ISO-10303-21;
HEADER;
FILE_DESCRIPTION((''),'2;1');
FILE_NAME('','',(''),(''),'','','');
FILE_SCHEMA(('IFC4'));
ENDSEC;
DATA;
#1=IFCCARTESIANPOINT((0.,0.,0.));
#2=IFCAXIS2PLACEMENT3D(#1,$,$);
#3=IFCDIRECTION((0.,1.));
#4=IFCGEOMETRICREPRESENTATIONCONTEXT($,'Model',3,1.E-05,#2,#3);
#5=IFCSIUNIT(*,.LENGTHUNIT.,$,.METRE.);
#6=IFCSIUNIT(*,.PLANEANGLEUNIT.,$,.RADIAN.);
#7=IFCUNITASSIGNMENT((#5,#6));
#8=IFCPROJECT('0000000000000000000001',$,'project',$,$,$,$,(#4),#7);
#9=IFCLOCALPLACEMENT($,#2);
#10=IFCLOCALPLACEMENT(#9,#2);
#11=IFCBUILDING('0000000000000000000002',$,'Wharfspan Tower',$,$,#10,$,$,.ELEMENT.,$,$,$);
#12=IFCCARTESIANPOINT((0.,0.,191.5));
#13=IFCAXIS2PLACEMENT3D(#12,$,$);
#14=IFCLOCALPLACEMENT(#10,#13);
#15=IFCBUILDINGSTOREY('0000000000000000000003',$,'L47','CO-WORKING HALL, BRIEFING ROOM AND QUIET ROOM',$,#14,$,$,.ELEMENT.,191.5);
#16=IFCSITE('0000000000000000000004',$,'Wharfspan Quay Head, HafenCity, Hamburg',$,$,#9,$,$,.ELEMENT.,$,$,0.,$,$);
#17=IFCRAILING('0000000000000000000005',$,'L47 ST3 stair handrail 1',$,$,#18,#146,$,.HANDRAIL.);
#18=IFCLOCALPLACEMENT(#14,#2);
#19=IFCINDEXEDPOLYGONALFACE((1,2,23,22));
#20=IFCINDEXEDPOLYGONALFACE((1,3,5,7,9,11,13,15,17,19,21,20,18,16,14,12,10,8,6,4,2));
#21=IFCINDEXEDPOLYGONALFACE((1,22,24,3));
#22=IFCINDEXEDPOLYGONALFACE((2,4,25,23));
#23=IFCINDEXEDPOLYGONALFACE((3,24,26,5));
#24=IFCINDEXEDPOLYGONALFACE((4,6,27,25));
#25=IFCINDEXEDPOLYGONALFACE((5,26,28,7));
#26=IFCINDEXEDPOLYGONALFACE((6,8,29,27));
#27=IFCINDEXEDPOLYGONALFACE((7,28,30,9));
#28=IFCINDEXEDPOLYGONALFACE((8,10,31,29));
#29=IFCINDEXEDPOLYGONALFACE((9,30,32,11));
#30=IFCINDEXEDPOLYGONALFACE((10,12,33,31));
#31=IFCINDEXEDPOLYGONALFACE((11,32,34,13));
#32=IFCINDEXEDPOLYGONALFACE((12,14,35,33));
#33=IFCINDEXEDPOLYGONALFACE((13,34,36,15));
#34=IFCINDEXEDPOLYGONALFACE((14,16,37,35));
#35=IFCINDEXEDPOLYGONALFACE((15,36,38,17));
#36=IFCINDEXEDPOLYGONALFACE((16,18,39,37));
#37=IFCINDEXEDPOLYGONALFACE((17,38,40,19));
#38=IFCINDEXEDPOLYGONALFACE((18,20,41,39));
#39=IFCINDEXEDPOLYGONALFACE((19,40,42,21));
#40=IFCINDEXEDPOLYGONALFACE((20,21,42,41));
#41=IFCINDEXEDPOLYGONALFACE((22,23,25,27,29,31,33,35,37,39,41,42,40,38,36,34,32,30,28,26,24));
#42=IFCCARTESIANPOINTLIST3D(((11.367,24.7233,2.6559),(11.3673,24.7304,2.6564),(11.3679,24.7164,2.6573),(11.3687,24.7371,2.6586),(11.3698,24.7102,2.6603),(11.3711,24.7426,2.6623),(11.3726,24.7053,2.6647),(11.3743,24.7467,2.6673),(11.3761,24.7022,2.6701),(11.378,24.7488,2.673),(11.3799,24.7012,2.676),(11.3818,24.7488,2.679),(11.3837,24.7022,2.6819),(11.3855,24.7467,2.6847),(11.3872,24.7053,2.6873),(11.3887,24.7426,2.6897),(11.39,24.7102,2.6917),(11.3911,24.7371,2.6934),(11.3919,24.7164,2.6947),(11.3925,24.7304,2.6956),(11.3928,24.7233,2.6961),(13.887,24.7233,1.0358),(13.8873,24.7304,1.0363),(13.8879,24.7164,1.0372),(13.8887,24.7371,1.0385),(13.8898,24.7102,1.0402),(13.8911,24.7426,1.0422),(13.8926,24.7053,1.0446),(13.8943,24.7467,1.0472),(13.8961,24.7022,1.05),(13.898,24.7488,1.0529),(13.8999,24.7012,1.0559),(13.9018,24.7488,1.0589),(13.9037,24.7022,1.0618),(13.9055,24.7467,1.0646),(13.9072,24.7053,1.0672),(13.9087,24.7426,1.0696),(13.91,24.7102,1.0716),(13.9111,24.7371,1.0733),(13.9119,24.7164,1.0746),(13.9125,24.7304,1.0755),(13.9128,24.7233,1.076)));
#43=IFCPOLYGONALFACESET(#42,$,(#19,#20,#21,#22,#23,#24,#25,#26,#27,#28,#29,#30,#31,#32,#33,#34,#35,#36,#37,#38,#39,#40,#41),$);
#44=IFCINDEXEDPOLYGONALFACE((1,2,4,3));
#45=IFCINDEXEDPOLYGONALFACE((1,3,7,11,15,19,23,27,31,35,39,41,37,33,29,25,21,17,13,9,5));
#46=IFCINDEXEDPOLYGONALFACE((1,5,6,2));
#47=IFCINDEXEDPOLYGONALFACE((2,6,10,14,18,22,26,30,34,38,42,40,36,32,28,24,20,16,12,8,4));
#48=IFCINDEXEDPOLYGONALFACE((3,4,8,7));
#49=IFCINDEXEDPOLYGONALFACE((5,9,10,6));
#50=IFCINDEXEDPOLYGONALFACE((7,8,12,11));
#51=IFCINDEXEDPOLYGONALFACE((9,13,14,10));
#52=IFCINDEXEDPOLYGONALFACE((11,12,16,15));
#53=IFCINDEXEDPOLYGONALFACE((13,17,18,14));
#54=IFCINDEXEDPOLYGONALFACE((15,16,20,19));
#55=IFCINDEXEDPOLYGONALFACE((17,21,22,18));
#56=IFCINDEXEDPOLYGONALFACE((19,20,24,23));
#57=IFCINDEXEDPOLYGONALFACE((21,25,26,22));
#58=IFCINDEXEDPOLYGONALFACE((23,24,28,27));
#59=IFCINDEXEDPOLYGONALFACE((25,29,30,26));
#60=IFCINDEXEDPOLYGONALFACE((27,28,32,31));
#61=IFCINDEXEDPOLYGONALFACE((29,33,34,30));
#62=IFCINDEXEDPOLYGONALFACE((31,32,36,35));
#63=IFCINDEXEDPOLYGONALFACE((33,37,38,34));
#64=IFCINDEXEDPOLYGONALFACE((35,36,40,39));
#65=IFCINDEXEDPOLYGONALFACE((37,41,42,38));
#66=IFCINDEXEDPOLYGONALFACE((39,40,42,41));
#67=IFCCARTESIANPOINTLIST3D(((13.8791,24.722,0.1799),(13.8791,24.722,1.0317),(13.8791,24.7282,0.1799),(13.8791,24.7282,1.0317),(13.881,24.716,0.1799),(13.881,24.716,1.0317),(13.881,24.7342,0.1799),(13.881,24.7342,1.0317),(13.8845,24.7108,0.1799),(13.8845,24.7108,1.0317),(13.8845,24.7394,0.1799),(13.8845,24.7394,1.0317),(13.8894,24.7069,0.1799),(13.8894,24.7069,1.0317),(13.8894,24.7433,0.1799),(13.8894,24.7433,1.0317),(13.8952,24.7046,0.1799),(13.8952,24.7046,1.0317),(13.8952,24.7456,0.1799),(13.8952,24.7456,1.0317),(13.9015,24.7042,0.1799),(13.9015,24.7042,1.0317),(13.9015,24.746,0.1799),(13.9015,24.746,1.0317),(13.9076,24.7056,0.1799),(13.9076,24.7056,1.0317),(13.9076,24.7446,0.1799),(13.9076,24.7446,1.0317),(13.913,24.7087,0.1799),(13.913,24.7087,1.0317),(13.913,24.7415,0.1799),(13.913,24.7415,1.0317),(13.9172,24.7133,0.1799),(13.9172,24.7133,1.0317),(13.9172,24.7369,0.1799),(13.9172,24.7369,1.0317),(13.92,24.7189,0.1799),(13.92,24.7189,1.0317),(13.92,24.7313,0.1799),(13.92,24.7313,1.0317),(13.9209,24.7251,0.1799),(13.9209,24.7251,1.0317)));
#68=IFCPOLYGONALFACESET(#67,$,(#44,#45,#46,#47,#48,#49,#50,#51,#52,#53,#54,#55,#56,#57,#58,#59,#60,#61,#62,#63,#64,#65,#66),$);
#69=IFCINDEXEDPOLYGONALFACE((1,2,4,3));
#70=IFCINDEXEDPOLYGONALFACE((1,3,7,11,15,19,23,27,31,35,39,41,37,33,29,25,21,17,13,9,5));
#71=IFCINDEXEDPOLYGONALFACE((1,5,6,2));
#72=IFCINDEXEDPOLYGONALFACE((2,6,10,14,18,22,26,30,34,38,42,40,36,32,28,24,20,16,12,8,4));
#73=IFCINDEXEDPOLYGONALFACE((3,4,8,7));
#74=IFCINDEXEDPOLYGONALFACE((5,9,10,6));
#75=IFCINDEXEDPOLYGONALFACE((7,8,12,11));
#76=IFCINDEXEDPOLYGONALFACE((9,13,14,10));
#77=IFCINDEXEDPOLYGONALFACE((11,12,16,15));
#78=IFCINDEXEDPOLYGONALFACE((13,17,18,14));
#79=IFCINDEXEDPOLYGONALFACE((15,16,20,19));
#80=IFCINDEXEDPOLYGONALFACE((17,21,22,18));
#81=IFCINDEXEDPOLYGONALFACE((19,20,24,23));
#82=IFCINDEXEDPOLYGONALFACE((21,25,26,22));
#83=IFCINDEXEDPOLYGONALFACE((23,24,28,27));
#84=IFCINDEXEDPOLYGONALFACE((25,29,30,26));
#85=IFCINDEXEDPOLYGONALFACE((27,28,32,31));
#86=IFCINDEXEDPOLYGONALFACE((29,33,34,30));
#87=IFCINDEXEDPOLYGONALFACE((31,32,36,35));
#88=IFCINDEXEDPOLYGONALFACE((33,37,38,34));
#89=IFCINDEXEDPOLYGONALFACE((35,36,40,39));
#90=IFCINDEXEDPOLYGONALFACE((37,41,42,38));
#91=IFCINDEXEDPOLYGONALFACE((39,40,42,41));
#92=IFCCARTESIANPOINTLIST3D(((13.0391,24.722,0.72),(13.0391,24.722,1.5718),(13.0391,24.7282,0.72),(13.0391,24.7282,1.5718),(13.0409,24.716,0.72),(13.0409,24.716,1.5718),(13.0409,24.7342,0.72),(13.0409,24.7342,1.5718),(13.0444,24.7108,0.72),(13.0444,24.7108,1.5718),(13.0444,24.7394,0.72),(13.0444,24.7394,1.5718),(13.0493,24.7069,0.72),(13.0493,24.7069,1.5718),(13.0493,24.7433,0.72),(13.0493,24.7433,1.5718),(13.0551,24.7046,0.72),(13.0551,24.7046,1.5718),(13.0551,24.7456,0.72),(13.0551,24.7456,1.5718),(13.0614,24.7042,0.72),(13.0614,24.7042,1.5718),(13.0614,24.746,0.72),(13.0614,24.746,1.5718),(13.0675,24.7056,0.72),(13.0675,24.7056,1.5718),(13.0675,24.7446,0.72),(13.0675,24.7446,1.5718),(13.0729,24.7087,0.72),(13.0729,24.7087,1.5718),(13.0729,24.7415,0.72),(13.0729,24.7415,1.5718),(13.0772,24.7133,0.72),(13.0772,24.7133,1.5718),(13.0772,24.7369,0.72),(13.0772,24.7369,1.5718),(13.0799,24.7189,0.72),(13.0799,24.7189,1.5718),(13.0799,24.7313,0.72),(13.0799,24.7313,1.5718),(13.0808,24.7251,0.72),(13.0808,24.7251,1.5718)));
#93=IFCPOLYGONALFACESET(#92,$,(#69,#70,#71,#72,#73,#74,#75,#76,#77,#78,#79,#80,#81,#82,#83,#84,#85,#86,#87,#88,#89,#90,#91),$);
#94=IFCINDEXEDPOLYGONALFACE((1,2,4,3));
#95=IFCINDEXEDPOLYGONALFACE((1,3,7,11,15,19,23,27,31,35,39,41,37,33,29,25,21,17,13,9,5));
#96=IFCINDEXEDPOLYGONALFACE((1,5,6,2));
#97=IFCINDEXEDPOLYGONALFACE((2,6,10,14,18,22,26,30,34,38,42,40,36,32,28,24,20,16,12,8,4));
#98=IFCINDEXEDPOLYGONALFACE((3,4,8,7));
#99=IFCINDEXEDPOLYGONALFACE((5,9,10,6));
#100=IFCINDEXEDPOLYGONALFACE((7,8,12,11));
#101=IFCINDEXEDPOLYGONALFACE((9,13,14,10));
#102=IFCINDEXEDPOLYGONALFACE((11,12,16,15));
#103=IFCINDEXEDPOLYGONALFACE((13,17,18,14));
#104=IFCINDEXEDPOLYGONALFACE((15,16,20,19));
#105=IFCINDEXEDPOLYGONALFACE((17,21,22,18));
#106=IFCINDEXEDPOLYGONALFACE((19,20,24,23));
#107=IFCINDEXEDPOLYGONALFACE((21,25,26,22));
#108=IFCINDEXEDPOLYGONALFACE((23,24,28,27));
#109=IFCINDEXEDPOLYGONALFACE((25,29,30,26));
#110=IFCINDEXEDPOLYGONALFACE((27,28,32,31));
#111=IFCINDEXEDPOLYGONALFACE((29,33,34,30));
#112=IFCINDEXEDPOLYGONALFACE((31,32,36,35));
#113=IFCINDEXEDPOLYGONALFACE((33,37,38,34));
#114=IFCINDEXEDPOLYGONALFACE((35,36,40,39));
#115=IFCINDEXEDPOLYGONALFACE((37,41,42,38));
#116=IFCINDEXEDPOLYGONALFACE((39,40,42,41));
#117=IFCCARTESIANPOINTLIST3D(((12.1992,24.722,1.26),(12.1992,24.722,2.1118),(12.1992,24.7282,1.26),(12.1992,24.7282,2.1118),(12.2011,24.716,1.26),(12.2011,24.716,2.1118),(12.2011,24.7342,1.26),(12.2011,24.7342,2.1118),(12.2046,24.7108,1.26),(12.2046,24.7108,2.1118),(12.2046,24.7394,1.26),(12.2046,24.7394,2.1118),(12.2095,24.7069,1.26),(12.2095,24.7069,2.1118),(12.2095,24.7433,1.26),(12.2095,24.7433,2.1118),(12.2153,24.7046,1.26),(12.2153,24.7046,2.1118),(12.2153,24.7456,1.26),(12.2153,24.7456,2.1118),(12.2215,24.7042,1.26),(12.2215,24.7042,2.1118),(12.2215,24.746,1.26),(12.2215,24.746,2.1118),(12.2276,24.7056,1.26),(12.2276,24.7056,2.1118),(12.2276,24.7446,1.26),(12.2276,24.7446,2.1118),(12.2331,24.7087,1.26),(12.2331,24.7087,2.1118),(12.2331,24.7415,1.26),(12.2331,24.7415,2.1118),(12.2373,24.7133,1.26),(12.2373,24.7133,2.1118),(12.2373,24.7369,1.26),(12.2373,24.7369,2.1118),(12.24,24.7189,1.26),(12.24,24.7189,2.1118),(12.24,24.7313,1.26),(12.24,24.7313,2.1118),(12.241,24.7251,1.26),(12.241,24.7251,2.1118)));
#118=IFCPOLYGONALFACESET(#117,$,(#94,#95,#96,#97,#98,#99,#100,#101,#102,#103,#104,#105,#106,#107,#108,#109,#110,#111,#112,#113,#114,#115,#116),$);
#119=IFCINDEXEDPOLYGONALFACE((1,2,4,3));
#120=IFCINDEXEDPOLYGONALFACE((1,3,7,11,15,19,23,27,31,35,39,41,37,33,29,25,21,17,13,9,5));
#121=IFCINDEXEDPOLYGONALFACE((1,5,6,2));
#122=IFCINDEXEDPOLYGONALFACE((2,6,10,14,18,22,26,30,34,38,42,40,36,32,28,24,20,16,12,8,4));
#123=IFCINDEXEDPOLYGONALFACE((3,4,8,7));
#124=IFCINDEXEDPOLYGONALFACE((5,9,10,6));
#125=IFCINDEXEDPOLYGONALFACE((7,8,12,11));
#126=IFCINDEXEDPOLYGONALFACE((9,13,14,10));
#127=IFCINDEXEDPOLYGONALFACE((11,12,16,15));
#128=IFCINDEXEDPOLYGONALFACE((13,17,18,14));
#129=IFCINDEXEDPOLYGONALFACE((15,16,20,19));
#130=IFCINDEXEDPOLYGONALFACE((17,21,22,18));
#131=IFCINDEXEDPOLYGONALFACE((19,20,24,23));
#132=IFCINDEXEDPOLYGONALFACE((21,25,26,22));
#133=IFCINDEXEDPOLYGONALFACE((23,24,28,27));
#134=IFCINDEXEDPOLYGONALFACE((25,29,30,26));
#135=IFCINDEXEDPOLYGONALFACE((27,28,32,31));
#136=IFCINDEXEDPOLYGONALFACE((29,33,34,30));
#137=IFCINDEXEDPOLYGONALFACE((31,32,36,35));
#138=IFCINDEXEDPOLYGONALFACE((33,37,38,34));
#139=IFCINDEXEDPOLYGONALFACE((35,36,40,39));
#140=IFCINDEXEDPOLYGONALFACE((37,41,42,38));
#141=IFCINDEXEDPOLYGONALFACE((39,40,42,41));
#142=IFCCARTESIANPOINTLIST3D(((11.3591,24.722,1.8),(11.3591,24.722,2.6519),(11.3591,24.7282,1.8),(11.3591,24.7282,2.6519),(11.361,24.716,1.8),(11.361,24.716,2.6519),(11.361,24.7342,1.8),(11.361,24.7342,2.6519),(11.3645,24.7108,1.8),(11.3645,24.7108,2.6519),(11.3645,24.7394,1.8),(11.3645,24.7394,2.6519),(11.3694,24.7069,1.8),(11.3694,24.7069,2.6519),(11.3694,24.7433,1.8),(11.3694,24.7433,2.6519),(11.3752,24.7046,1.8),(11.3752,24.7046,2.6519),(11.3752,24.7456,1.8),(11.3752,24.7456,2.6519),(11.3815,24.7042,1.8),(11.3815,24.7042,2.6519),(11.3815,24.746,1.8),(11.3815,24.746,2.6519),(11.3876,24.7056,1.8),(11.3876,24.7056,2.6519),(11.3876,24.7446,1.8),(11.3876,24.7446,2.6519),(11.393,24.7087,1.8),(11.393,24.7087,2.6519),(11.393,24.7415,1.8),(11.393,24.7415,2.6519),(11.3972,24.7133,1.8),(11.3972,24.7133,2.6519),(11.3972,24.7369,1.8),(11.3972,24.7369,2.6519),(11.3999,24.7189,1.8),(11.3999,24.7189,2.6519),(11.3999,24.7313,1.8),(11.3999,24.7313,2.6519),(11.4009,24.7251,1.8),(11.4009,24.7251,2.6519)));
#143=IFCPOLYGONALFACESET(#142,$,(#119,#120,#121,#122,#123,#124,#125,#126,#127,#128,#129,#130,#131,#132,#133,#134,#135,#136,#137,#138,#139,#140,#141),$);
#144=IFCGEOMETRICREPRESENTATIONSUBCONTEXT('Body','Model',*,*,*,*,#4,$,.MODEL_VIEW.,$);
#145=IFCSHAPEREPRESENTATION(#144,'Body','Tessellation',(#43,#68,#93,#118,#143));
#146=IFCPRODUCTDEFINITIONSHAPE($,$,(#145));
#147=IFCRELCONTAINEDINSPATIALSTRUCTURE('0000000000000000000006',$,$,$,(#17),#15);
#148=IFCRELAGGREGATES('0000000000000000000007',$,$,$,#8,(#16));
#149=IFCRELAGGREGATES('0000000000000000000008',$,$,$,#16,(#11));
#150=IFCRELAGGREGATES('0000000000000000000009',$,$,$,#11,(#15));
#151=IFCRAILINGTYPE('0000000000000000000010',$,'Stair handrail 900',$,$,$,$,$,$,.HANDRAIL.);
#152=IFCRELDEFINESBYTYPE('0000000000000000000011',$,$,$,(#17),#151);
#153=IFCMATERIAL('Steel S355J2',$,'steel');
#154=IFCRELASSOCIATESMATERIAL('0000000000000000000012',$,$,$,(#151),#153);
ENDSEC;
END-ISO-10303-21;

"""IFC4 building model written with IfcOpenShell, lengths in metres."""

from ifc_helpers import new_model, si_unit, direction, frame, origin, origin_2d, place, context, subcontext, project, spatial, circle, extrude, material, type_object, element, save


model = new_model("IFC4")

# Units and contexts
model_context = context("Model", 3, precision=1e-05, world=origin(), true_north=direction((0.0, 1.0)))
body_context = subcontext(model_context, "Body", "Model", "MODEL_VIEW")
ifc_project = project(units=[si_unit("LENGTHUNIT", "METRE"), si_unit("PLANEANGLEUNIT", "RADIAN")], contexts=[model_context])

# Site, building, storey
site_placement = place(None, origin())
site = spatial("IfcSite", under=ifc_project, at=site_placement, Name="Wharfspan Quay Head, HafenCity, Hamburg", CompositionType="ELEMENT", RefElevation=0.0)
building_placement = place(site_placement, origin())
building = spatial("IfcBuilding", under=site, at=building_placement, Name="Wharfspan Tower", CompositionType="ELEMENT")
storey_placement = place(building_placement, frame((0.0, 0.0, 191.5)))
storey = spatial("IfcBuildingStorey", under=building, at=storey_placement, Name="L47", Description="CO-WORKING HALL, BRIEFING ROOM AND QUIET ROOM", CompositionType="ELEMENT", Elevation=191.5)

# Shared definitions
ifc_material_1 = material(Name="Steel S355J2", Category="steel")

# Railing
railing_type_1 = type_object("IfcRailingType", Name="Stair handrail 900", PredefinedType="HANDRAIL", material=ifc_material_1)
railing_1_placement = place(storey_placement, frame((13.8999, 24.7251, 0.1799)))
element("IfcRailing", 1, at=railing_1_placement, inside=storey, type_object=railing_type_1, Name="L47 ST3 stair handrail 1", PredefinedType="HANDRAIL", context=body_context, shape_type="SweptSolid", body=[
    extrude(circle(Radius=0.0239, at=origin_2d()), frame((0.0, 0.0, 0.876), z_axis=(-0.841163, 0.0, 0.540782), x_axis=(0.0, -1.0, 0.0)), (0.0, 0.0, 1.0), 2.9958),
    extrude(circle(Radius=0.021, at=origin_2d()), origin(), (0.0, 0.0, 1.0), 0.8518),
    extrude(circle(Radius=0.021, at=origin_2d()), frame((-0.8401, 0.0, 0.54)), (0.0, 0.0, 1.0), 0.8518),
    extrude(circle(Radius=0.021, at=origin_2d()), frame((-1.6799, 0.0, 1.0801)), (0.0, 0.0, 1.0), 0.8518),
    extrude(circle(Radius=0.021, at=origin_2d()), frame((-2.52, 0.0, 1.6201)), (0.0, 0.0, 1.0), 0.8518),
])

save(model, "model.ifc")
